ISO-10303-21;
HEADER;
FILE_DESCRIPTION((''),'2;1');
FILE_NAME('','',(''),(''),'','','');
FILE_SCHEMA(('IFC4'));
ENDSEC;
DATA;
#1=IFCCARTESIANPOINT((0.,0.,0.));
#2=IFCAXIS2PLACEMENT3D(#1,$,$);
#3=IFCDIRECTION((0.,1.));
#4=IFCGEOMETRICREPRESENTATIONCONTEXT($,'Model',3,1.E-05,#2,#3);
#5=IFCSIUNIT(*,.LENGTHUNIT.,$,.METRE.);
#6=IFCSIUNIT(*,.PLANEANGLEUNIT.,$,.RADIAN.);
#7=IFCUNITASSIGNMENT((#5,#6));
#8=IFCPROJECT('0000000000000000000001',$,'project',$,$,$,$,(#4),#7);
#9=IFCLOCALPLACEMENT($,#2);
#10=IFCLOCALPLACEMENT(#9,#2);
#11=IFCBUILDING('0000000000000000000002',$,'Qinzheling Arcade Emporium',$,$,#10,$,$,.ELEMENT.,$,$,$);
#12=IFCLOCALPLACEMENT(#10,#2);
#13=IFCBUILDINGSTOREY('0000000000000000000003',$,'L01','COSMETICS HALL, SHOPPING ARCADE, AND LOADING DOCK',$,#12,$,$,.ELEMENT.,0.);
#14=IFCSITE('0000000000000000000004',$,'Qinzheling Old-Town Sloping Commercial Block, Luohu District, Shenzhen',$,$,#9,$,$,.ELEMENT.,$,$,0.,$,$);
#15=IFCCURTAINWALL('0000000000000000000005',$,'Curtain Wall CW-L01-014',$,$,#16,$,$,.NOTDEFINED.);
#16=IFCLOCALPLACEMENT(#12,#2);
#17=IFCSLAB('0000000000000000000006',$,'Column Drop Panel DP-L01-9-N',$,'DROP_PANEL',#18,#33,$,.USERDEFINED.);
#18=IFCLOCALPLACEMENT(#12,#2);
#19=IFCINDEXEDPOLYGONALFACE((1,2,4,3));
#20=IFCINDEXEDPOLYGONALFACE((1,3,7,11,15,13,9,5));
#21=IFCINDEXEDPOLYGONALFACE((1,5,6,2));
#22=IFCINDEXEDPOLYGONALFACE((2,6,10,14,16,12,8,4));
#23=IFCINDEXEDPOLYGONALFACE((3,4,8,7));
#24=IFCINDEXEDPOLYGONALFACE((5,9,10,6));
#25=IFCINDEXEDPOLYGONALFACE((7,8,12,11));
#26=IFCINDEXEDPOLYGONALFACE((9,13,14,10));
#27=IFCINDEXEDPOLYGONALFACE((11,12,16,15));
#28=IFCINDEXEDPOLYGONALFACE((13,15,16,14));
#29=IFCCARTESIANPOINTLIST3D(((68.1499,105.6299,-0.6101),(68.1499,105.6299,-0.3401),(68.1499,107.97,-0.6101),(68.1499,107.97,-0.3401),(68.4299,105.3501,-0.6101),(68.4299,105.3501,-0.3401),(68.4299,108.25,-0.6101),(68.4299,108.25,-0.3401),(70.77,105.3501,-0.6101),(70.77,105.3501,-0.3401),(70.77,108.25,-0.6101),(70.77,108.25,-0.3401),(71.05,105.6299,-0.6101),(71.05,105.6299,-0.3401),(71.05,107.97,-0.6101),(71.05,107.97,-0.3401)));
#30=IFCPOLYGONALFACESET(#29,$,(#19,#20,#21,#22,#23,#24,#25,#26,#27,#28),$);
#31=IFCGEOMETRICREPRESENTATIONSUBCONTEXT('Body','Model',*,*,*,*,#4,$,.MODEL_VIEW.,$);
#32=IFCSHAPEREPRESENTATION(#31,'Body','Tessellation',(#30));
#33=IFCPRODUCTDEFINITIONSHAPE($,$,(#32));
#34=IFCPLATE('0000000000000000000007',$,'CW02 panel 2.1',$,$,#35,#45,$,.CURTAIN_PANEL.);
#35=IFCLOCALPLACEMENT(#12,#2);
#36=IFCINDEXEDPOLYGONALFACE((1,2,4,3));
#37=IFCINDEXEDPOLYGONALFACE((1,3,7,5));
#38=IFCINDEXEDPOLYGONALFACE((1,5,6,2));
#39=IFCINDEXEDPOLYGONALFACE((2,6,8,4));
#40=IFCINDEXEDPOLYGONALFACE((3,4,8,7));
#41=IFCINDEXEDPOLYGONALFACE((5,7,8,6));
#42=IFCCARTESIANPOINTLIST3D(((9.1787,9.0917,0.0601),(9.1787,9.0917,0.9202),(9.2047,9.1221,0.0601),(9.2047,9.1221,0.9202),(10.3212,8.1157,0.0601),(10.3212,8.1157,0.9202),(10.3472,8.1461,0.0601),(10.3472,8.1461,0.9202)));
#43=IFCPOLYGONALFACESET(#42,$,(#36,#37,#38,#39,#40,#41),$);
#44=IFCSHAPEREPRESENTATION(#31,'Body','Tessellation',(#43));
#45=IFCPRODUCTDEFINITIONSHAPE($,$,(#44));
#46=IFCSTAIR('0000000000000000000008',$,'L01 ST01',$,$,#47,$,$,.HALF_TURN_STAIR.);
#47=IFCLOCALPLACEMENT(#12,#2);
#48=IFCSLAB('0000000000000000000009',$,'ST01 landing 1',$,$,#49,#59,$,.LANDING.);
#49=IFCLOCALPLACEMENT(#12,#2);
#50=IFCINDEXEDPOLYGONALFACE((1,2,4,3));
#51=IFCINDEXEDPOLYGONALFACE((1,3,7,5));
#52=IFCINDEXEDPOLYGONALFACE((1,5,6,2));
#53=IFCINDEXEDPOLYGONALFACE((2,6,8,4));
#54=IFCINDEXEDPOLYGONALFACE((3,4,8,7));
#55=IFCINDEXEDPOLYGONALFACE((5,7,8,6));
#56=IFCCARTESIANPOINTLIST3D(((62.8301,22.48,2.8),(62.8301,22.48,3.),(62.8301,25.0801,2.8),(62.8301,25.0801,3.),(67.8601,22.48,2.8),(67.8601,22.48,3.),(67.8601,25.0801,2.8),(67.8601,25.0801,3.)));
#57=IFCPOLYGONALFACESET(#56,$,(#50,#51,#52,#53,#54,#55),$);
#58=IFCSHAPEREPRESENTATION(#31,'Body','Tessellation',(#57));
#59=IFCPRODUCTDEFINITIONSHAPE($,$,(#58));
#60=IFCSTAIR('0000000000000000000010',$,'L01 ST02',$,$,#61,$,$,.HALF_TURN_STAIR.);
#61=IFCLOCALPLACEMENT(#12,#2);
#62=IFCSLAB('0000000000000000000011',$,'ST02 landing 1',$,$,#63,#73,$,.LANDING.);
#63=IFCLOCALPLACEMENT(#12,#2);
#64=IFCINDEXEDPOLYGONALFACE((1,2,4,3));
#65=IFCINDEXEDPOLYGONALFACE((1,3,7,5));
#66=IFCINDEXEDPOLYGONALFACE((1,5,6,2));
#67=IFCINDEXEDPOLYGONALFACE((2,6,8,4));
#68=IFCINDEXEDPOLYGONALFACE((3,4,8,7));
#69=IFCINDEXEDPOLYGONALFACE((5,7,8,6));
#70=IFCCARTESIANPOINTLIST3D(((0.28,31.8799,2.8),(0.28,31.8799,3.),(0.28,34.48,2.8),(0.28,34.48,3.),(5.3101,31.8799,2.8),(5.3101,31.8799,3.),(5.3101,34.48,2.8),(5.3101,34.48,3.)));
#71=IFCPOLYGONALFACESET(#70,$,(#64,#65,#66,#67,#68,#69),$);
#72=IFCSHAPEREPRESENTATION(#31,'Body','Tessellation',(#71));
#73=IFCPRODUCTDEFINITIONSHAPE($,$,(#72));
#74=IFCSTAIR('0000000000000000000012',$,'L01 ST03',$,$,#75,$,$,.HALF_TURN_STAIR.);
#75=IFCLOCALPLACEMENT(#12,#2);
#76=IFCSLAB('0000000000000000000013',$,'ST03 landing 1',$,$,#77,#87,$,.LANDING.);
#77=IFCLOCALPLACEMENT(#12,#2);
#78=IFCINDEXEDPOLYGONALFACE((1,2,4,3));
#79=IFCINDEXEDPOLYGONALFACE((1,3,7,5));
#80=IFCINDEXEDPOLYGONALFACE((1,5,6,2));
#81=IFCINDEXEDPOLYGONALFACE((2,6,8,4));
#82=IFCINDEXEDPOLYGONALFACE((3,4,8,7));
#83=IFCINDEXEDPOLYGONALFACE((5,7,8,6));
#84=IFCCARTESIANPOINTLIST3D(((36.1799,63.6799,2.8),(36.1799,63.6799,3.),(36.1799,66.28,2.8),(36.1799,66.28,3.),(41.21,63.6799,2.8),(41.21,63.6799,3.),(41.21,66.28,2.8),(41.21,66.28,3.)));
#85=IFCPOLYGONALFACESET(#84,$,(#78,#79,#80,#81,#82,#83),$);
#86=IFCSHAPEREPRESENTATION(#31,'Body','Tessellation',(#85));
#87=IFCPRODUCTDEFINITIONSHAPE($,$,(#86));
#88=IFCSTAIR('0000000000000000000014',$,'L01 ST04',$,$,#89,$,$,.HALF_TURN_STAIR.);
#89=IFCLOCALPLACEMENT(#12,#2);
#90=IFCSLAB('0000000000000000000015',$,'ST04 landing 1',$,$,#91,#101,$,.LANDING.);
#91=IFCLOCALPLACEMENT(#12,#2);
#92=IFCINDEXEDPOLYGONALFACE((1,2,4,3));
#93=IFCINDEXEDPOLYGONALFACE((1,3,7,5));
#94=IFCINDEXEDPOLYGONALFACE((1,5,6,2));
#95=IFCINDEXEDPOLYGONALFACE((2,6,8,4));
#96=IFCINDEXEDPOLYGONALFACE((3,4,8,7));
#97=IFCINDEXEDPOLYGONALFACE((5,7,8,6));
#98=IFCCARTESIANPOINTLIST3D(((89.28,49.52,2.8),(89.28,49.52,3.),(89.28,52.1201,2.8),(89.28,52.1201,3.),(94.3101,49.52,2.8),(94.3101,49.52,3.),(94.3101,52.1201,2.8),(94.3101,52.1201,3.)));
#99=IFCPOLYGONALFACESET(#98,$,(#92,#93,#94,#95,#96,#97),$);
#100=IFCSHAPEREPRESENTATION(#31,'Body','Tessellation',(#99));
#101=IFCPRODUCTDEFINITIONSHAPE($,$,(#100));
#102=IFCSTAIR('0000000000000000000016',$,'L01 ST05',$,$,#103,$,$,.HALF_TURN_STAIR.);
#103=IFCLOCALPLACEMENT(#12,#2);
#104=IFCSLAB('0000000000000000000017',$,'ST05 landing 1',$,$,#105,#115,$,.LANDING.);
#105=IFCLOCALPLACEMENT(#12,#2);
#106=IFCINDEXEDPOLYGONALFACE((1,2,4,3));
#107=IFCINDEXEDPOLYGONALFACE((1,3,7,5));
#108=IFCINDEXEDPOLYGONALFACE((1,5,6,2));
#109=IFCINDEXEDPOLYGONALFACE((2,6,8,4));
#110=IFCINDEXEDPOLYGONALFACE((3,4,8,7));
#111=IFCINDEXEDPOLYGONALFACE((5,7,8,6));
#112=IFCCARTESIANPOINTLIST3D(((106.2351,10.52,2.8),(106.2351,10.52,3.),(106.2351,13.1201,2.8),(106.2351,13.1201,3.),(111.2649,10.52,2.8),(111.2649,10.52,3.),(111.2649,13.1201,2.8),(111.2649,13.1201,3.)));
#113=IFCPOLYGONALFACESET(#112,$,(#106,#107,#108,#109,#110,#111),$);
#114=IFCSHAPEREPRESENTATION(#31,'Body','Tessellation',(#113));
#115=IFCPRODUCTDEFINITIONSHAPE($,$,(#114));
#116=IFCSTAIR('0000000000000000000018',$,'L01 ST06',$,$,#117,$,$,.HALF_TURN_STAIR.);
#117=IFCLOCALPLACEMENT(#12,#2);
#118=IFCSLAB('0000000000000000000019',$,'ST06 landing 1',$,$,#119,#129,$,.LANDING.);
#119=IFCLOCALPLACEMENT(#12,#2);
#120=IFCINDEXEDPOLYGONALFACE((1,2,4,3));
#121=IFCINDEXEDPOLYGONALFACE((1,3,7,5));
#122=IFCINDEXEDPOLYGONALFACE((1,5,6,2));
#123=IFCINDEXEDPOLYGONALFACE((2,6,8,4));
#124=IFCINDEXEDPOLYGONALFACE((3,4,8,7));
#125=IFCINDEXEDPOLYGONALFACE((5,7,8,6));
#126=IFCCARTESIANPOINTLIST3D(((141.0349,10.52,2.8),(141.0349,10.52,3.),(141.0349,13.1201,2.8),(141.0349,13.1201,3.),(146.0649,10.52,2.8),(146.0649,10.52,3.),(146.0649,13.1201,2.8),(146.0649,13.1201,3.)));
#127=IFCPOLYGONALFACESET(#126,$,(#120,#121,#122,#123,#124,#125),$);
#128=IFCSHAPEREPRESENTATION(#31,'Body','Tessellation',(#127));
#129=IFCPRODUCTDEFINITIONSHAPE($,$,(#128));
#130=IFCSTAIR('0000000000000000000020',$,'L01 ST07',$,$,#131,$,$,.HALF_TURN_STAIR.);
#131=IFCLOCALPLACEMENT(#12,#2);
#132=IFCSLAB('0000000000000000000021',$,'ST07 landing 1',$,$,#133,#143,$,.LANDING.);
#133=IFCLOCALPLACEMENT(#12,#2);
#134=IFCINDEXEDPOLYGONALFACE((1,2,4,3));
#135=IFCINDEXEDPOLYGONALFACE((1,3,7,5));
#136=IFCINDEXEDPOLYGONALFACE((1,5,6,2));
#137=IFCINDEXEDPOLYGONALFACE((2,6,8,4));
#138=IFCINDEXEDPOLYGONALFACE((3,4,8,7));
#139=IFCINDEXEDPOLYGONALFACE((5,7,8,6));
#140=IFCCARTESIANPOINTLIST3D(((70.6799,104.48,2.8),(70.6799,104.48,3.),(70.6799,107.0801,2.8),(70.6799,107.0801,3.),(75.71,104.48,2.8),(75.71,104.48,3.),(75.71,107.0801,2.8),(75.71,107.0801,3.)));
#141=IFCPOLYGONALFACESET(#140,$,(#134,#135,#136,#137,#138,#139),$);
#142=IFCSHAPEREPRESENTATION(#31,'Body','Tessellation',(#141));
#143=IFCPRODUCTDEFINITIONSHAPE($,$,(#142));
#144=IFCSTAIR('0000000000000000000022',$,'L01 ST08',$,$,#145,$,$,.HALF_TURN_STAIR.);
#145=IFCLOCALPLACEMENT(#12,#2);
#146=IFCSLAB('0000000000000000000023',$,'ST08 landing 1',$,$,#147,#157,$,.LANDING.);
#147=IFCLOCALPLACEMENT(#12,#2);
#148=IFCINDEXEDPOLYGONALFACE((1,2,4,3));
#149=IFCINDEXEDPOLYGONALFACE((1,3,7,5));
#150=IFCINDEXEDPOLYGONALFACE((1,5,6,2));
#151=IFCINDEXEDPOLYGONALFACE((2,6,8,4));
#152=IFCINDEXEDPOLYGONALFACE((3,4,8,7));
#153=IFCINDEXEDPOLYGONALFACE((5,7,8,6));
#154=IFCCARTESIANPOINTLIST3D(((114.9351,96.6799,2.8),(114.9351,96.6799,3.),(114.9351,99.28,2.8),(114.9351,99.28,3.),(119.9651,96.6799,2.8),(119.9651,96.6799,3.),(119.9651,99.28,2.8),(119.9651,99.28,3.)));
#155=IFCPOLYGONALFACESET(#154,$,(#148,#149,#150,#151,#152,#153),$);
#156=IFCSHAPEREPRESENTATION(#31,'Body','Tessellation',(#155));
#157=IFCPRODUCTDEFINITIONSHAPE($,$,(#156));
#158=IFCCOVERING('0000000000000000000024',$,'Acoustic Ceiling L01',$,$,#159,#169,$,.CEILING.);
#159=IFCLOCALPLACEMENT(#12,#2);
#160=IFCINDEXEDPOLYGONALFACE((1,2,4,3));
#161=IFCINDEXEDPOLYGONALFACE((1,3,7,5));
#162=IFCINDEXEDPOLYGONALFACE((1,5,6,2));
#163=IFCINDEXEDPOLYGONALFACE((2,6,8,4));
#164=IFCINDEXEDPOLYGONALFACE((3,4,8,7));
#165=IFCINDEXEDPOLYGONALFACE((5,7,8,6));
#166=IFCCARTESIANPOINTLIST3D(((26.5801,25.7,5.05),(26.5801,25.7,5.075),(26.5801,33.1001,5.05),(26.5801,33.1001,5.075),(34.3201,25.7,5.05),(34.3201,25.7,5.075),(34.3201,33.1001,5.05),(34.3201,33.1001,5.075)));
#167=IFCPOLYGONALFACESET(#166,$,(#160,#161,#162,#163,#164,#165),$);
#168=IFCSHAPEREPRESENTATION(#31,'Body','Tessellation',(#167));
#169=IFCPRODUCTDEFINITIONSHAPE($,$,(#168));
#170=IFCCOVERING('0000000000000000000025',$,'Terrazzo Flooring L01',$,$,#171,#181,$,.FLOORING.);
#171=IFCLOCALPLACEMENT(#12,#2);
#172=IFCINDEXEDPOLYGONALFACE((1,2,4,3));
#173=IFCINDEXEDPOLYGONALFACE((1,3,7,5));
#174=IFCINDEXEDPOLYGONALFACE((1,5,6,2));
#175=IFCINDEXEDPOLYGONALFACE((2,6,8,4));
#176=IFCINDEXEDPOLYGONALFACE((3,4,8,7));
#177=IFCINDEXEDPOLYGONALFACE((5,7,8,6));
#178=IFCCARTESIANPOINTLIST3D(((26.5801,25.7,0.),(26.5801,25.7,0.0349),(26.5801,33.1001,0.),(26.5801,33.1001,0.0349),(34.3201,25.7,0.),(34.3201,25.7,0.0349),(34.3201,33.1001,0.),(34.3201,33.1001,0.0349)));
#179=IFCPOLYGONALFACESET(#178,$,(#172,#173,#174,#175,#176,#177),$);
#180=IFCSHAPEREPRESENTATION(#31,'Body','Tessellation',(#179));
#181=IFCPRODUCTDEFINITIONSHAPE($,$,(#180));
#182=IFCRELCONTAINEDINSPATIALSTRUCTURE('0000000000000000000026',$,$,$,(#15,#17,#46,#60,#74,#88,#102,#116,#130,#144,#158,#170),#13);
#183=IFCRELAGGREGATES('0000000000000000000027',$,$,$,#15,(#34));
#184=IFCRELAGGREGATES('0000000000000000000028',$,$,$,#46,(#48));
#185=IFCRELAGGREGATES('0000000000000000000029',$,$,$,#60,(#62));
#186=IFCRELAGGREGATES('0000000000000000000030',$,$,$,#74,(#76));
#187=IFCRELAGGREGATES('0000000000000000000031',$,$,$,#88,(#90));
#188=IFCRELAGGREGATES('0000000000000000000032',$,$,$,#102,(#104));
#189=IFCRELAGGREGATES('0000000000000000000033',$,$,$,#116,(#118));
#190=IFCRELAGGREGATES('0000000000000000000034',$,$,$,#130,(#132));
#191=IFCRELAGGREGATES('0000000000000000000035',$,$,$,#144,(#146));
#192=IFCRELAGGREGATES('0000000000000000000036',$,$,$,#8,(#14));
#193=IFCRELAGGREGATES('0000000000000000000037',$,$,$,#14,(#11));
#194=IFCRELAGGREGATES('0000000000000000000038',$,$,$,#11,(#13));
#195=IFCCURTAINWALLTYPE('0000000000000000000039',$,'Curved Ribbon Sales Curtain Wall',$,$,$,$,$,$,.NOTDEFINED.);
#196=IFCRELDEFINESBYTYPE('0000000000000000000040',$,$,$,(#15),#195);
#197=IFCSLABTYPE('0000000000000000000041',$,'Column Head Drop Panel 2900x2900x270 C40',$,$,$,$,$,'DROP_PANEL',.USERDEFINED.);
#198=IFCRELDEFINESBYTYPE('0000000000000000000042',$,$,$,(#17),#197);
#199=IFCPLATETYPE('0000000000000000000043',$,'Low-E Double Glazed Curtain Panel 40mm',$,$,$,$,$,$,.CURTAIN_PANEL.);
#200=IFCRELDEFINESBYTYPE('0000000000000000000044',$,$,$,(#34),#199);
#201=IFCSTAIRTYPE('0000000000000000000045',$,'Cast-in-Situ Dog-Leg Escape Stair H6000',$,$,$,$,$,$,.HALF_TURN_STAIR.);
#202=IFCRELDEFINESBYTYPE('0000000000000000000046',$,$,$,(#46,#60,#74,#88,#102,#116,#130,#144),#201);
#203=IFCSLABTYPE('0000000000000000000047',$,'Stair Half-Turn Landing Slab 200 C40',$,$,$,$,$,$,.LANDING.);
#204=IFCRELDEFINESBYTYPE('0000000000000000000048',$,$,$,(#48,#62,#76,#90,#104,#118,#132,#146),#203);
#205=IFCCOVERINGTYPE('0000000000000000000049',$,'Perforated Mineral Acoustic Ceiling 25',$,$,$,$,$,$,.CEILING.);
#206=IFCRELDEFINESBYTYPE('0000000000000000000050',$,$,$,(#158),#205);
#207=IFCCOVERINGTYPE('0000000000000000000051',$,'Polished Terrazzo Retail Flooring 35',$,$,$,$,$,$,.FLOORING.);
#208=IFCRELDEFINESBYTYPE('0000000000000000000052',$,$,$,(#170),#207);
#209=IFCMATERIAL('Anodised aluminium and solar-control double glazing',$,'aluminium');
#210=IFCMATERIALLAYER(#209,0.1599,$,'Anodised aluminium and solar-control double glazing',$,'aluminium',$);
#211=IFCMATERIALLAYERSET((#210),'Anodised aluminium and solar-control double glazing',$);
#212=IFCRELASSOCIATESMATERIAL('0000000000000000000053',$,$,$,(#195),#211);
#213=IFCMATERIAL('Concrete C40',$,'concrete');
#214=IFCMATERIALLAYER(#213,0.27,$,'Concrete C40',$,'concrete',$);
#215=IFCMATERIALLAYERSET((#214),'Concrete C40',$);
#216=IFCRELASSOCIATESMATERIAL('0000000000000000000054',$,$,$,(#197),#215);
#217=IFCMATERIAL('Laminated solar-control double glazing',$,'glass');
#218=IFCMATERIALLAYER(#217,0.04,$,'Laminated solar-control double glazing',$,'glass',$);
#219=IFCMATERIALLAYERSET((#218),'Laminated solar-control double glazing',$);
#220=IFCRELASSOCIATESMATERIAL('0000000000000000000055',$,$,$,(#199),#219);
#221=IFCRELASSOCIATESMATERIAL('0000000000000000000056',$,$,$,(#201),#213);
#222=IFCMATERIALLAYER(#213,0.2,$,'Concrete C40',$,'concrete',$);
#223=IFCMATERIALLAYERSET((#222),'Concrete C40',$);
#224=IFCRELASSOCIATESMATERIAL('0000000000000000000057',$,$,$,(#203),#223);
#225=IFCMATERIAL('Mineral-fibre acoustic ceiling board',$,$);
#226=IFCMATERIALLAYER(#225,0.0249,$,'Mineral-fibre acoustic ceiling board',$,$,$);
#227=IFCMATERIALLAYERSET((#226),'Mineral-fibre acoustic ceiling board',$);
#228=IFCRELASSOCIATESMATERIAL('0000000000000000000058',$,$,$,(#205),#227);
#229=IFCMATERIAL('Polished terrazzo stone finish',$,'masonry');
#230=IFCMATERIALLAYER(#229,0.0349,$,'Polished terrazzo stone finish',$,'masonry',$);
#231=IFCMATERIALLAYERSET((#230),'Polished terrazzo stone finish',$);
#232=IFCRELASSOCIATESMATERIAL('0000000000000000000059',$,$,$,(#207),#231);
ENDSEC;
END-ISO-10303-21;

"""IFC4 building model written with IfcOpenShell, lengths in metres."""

from ifc_helpers import new_model, si_unit, direction, frame, origin, origin_2d, place, context, subcontext, project, spatial, polyline, rectangle, outline, extrude, material, layer, layer_set, type_object, element, aggregate, save


model = new_model("IFC4")

# Units and contexts
model_context = context("Model", 3, precision=1e-05, world=origin(), true_north=direction((0.0, 1.0)))
body_context = subcontext(model_context, "Body", "Model", "MODEL_VIEW")
ifc_project = project(units=[si_unit("LENGTHUNIT", "METRE"), si_unit("PLANEANGLEUNIT", "RADIAN")], contexts=[model_context])

# Site, building, storey
site_placement = place(None, origin())
site = spatial("IfcSite", under=ifc_project, at=site_placement, Name="Qinzheling Old-Town Sloping Commercial Block, Luohu District, Shenzhen", CompositionType="ELEMENT", RefElevation=0.0)
building_placement = place(site_placement, origin())
building = spatial("IfcBuilding", under=site, at=building_placement, Name="Qinzheling Arcade Emporium", CompositionType="ELEMENT")
storey_placement = place(building_placement, origin())
storey = spatial("IfcBuildingStorey", under=building, at=storey_placement, Name="L01", Description="COSMETICS HALL, SHOPPING ARCADE, AND LOADING DOCK", CompositionType="ELEMENT", Elevation=0.0)

# Curtain wall
ifc_material_1 = material(Name="Anodised aluminium and solar-control double glazing", Category="aluminium")
ifc_layer_1 = layer(ifc_material_1, 0.1599, Name="Anodised aluminium and solar-control double glazing", Category="aluminium")
ifc_layer_set_1 = layer_set([ifc_layer_1], Name="Anodised aluminium and solar-control double glazing")
curtain_wall_type = type_object("IfcCurtainWallType", Name="Curved Ribbon Sales Curtain Wall", PredefinedType="NOTDEFINED", material=ifc_layer_set_1)
curtain_wall_1_placement = place(storey_placement, origin())
curtain_wall_1 = element("IfcCurtainWall", 1, at=curtain_wall_1_placement, inside=storey, type_object=curtain_wall_type, Name="Curtain Wall CW-L01-014", PredefinedType="NOTDEFINED")

# Shared definitions
ifc_material_2 = material(Name="Concrete C40", Category="concrete")

# Slab
ifc_layer_2 = layer(ifc_material_2, 0.27, Name="Concrete C40", Category="concrete")
ifc_layer_set_2 = layer_set([ifc_layer_2], Name="Concrete C40")
slab_type_1 = type_object("IfcSlabType", Name="Column Head Drop Panel 2900x2900x270 C40", ElementType="DROP_PANEL", PredefinedType="USERDEFINED", material=ifc_layer_set_2)
slab_1_placement = place(storey_placement, frame((0.0, 0.0, -0.6101)))
element("IfcSlab", 2, at=slab_1_placement, inside=storey, type_object=slab_type_1, Name="Column Drop Panel DP-L01-9-N", ObjectType="DROP_PANEL", PredefinedType="USERDEFINED", context=body_context, shape_type="SweptSolid", body=[
    extrude(outline(polyline([(68.4299, 105.3501), (70.77, 105.3501), (71.05, 105.6299), (71.05, 107.97), (70.77, 108.25), (68.4299, 108.25), (68.1499, 107.97), (68.1499, 105.6299), (68.4299, 105.3501)])), origin(), (0.0, 0.0, 1.0), 0.27),
])

# Plate
ifc_material_3 = material(Name="Laminated solar-control double glazing", Category="glass")
ifc_layer_3 = layer(ifc_material_3, 0.04, Name="Laminated solar-control double glazing", Category="glass")
ifc_layer_set_3 = layer_set([ifc_layer_3], Name="Laminated solar-control double glazing")
plate_type = type_object("IfcPlateType", Name="Low-E Double Glazed Curtain Panel 40mm", PredefinedType="CURTAIN_PANEL", material=ifc_layer_set_3)
plate_placement = place(storey_placement, frame((9.7629, 8.6189, 0.0601), z_axis=(0.0, 0.0, 1.0), x_axis=(-0.760341, 0.649524, 0.0)))
plate = element("IfcPlate", 3, at=plate_placement, type_object=plate_type, Name="CW02 panel 2.1", PredefinedType="CURTAIN_PANEL", context=body_context, shape_type="SweptSolid", body=[
    extrude(rectangle(XDim=1.5027, YDim=0.04, at=origin_2d()), origin(), (0.0, 0.0, 1.0), 0.8601),
])
aggregate(curtain_wall_1, [plate])

# Stairs, slabs
stair_type = type_object("IfcStairType", Name="Cast-in-Situ Dog-Leg Escape Stair H6000", PredefinedType="HALF_TURN_STAIR", material=ifc_material_2)
stair_1_placement = place(storey_placement, origin())
stair_1 = element("IfcStair", 4, at=stair_1_placement, inside=storey, type_object=stair_type, Name="L01 ST01", PredefinedType="HALF_TURN_STAIR")
ifc_layer_4 = layer(ifc_material_2, 0.2, Name="Concrete C40", Category="concrete")
ifc_layer_set_4 = layer_set([ifc_layer_4], Name="Concrete C40")
slab_type_2 = type_object("IfcSlabType", Name="Stair Half-Turn Landing Slab 200 C40", PredefinedType="LANDING", material=ifc_layer_set_4)
slab_2_placement = place(storey_placement, frame((0.0, 0.0, 2.8)))
slab_2 = element("IfcSlab", 5, at=slab_2_placement, type_object=slab_type_2, Name="ST01 landing 1", PredefinedType="LANDING", context=body_context, shape_type="SweptSolid", body=[
    extrude(outline(polyline([(62.8301, 25.0801), (67.8601, 25.0801), (67.8601, 22.48), (62.8301, 22.48), (62.8301, 25.0801)])), origin(), (0.0, 0.0, 1.0), 0.2),
])
aggregate(stair_1, [slab_2])
stair_2_placement = place(storey_placement, origin())
stair_2 = element("IfcStair", 6, at=stair_2_placement, inside=storey, type_object=stair_type, Name="L01 ST02", PredefinedType="HALF_TURN_STAIR")
slab_3_placement = place(storey_placement, frame((0.0, 0.0, 2.8)))
slab_3 = element("IfcSlab", 7, at=slab_3_placement, type_object=slab_type_2, Name="ST02 landing 1", PredefinedType="LANDING", context=body_context, shape_type="SweptSolid", body=[
    extrude(outline(polyline([(0.28, 34.48), (5.3101, 34.48), (5.3101, 31.8799), (0.28, 31.8799), (0.28, 34.48)])), origin(), (0.0, 0.0, 1.0), 0.2),
])
aggregate(stair_2, [slab_3])
stair_3_placement = place(storey_placement, origin())
stair_3 = element("IfcStair", 8, at=stair_3_placement, inside=storey, type_object=stair_type, Name="L01 ST03", PredefinedType="HALF_TURN_STAIR")
slab_4_placement = place(storey_placement, frame((0.0, 0.0, 2.8)))
slab_4 = element("IfcSlab", 9, at=slab_4_placement, type_object=slab_type_2, Name="ST03 landing 1", PredefinedType="LANDING", context=body_context, shape_type="SweptSolid", body=[
    extrude(outline(polyline([(36.1799, 66.28), (41.21, 66.28), (41.21, 63.6799), (36.1799, 63.6799), (36.1799, 66.28)])), origin(), (0.0, 0.0, 1.0), 0.2),
])
aggregate(stair_3, [slab_4])
stair_4_placement = place(storey_placement, origin())
stair_4 = element("IfcStair", 10, at=stair_4_placement, inside=storey, type_object=stair_type, Name="L01 ST04", PredefinedType="HALF_TURN_STAIR")
slab_5_placement = place(storey_placement, frame((0.0, 0.0, 2.8)))
slab_5 = element("IfcSlab", 11, at=slab_5_placement, type_object=slab_type_2, Name="ST04 landing 1", PredefinedType="LANDING", context=body_context, shape_type="SweptSolid", body=[
    extrude(outline(polyline([(94.3101, 49.52), (89.28, 49.52), (89.28, 52.1201), (94.3101, 52.1201), (94.3101, 49.52)])), origin(), (0.0, 0.0, 1.0), 0.2),
])
aggregate(stair_4, [slab_5])
stair_5_placement = place(storey_placement, origin())
stair_5 = element("IfcStair", 12, at=stair_5_placement, inside=storey, type_object=stair_type, Name="L01 ST05", PredefinedType="HALF_TURN_STAIR")
slab_6_placement = place(storey_placement, frame((0.0, 0.0, 2.8)))
slab_6 = element("IfcSlab", 13, at=slab_6_placement, type_object=slab_type_2, Name="ST05 landing 1", PredefinedType="LANDING", context=body_context, shape_type="SweptSolid", body=[
    extrude(outline(polyline([(111.2649, 10.52), (106.2351, 10.52), (106.2351, 13.1201), (111.2649, 13.1201), (111.2649, 10.52)])), origin(), (0.0, 0.0, 1.0), 0.2),
])
aggregate(stair_5, [slab_6])
stair_6_placement = place(storey_placement, origin())
stair_6 = element("IfcStair", 14, at=stair_6_placement, inside=storey, type_object=stair_type, Name="L01 ST06", PredefinedType="HALF_TURN_STAIR")
slab_7_placement = place(storey_placement, frame((0.0, 0.0, 2.8)))
slab_7 = element("IfcSlab", 15, at=slab_7_placement, type_object=slab_type_2, Name="ST06 landing 1", PredefinedType="LANDING", context=body_context, shape_type="SweptSolid", body=[
    extrude(outline(polyline([(146.0649, 10.52), (141.0349, 10.52), (141.0349, 13.1201), (146.0649, 13.1201), (146.0649, 10.52)])), origin(), (0.0, 0.0, 1.0), 0.2),
])
aggregate(stair_6, [slab_7])
stair_7_placement = place(storey_placement, origin())
stair_7 = element("IfcStair", 16, at=stair_7_placement, inside=storey, type_object=stair_type, Name="L01 ST07", PredefinedType="HALF_TURN_STAIR")
slab_8_placement = place(storey_placement, frame((0.0, 0.0, 2.8)))
slab_8 = element("IfcSlab", 17, at=slab_8_placement, type_object=slab_type_2, Name="ST07 landing 1", PredefinedType="LANDING", context=body_context, shape_type="SweptSolid", body=[
    extrude(outline(polyline([(70.6799, 107.0801), (75.71, 107.0801), (75.71, 104.48), (70.6799, 104.48), (70.6799, 107.0801)])), origin(), (0.0, 0.0, 1.0), 0.2),
])
aggregate(stair_7, [slab_8])
stair_8_placement = place(storey_placement, origin())
stair_8 = element("IfcStair", 18, at=stair_8_placement, inside=storey, type_object=stair_type, Name="L01 ST08", PredefinedType="HALF_TURN_STAIR")
slab_9_placement = place(storey_placement, frame((0.0, 0.0, 2.8)))
slab_9 = element("IfcSlab", 19, at=slab_9_placement, type_object=slab_type_2, Name="ST08 landing 1", PredefinedType="LANDING", context=body_context, shape_type="SweptSolid", body=[
    extrude(outline(polyline([(114.9351, 99.28), (119.9651, 99.28), (119.9651, 96.6799), (114.9351, 96.6799), (114.9351, 99.28)])), origin(), (0.0, 0.0, 1.0), 0.2),
])
aggregate(stair_8, [slab_9])

# Coverings
ifc_material_4 = material(Name="Mineral-fibre acoustic ceiling board")
ifc_layer_5 = layer(ifc_material_4, 0.0249, Name="Mineral-fibre acoustic ceiling board")
ifc_layer_set_5 = layer_set([ifc_layer_5], Name="Mineral-fibre acoustic ceiling board")
covering_type_1 = type_object("IfcCoveringType", Name="Perforated Mineral Acoustic Ceiling 25", PredefinedType="CEILING", material=ifc_layer_set_5)
covering_1_placement = place(storey_placement, frame((0.0, 0.0, 5.05)))
element("IfcCovering", 20, at=covering_1_placement, inside=storey, type_object=covering_type_1, Name="Acoustic Ceiling L01", PredefinedType="CEILING", context=body_context, shape_type="SweptSolid", body=[
    extrude(outline(polyline([(26.5801, 25.7), (34.3201, 25.7), (34.3201, 33.1001), (26.5801, 33.1001), (26.5801, 25.7)])), origin(), (0.0, 0.0, 1.0), 0.0249),
])
ifc_material_5 = material(Name="Polished terrazzo stone finish", Category="masonry")
ifc_layer_6 = layer(ifc_material_5, 0.0349, Name="Polished terrazzo stone finish", Category="masonry")
ifc_layer_set_6 = layer_set([ifc_layer_6], Name="Polished terrazzo stone finish")
covering_type_2 = type_object("IfcCoveringType", Name="Polished Terrazzo Retail Flooring 35", PredefinedType="FLOORING", material=ifc_layer_set_6)
covering_2_placement = place(storey_placement, origin())
element("IfcCovering", 21, at=covering_2_placement, inside=storey, type_object=covering_type_2, Name="Terrazzo Flooring L01", PredefinedType="FLOORING", context=body_context, shape_type="SweptSolid", body=[
    extrude(outline(polyline([(26.5801, 25.7), (34.3201, 25.7), (34.3201, 33.1001), (26.5801, 33.1001), (26.5801, 25.7)])), origin(), (0.0, 0.0, 1.0), 0.0349),
])

save(model, "model.ifc")
